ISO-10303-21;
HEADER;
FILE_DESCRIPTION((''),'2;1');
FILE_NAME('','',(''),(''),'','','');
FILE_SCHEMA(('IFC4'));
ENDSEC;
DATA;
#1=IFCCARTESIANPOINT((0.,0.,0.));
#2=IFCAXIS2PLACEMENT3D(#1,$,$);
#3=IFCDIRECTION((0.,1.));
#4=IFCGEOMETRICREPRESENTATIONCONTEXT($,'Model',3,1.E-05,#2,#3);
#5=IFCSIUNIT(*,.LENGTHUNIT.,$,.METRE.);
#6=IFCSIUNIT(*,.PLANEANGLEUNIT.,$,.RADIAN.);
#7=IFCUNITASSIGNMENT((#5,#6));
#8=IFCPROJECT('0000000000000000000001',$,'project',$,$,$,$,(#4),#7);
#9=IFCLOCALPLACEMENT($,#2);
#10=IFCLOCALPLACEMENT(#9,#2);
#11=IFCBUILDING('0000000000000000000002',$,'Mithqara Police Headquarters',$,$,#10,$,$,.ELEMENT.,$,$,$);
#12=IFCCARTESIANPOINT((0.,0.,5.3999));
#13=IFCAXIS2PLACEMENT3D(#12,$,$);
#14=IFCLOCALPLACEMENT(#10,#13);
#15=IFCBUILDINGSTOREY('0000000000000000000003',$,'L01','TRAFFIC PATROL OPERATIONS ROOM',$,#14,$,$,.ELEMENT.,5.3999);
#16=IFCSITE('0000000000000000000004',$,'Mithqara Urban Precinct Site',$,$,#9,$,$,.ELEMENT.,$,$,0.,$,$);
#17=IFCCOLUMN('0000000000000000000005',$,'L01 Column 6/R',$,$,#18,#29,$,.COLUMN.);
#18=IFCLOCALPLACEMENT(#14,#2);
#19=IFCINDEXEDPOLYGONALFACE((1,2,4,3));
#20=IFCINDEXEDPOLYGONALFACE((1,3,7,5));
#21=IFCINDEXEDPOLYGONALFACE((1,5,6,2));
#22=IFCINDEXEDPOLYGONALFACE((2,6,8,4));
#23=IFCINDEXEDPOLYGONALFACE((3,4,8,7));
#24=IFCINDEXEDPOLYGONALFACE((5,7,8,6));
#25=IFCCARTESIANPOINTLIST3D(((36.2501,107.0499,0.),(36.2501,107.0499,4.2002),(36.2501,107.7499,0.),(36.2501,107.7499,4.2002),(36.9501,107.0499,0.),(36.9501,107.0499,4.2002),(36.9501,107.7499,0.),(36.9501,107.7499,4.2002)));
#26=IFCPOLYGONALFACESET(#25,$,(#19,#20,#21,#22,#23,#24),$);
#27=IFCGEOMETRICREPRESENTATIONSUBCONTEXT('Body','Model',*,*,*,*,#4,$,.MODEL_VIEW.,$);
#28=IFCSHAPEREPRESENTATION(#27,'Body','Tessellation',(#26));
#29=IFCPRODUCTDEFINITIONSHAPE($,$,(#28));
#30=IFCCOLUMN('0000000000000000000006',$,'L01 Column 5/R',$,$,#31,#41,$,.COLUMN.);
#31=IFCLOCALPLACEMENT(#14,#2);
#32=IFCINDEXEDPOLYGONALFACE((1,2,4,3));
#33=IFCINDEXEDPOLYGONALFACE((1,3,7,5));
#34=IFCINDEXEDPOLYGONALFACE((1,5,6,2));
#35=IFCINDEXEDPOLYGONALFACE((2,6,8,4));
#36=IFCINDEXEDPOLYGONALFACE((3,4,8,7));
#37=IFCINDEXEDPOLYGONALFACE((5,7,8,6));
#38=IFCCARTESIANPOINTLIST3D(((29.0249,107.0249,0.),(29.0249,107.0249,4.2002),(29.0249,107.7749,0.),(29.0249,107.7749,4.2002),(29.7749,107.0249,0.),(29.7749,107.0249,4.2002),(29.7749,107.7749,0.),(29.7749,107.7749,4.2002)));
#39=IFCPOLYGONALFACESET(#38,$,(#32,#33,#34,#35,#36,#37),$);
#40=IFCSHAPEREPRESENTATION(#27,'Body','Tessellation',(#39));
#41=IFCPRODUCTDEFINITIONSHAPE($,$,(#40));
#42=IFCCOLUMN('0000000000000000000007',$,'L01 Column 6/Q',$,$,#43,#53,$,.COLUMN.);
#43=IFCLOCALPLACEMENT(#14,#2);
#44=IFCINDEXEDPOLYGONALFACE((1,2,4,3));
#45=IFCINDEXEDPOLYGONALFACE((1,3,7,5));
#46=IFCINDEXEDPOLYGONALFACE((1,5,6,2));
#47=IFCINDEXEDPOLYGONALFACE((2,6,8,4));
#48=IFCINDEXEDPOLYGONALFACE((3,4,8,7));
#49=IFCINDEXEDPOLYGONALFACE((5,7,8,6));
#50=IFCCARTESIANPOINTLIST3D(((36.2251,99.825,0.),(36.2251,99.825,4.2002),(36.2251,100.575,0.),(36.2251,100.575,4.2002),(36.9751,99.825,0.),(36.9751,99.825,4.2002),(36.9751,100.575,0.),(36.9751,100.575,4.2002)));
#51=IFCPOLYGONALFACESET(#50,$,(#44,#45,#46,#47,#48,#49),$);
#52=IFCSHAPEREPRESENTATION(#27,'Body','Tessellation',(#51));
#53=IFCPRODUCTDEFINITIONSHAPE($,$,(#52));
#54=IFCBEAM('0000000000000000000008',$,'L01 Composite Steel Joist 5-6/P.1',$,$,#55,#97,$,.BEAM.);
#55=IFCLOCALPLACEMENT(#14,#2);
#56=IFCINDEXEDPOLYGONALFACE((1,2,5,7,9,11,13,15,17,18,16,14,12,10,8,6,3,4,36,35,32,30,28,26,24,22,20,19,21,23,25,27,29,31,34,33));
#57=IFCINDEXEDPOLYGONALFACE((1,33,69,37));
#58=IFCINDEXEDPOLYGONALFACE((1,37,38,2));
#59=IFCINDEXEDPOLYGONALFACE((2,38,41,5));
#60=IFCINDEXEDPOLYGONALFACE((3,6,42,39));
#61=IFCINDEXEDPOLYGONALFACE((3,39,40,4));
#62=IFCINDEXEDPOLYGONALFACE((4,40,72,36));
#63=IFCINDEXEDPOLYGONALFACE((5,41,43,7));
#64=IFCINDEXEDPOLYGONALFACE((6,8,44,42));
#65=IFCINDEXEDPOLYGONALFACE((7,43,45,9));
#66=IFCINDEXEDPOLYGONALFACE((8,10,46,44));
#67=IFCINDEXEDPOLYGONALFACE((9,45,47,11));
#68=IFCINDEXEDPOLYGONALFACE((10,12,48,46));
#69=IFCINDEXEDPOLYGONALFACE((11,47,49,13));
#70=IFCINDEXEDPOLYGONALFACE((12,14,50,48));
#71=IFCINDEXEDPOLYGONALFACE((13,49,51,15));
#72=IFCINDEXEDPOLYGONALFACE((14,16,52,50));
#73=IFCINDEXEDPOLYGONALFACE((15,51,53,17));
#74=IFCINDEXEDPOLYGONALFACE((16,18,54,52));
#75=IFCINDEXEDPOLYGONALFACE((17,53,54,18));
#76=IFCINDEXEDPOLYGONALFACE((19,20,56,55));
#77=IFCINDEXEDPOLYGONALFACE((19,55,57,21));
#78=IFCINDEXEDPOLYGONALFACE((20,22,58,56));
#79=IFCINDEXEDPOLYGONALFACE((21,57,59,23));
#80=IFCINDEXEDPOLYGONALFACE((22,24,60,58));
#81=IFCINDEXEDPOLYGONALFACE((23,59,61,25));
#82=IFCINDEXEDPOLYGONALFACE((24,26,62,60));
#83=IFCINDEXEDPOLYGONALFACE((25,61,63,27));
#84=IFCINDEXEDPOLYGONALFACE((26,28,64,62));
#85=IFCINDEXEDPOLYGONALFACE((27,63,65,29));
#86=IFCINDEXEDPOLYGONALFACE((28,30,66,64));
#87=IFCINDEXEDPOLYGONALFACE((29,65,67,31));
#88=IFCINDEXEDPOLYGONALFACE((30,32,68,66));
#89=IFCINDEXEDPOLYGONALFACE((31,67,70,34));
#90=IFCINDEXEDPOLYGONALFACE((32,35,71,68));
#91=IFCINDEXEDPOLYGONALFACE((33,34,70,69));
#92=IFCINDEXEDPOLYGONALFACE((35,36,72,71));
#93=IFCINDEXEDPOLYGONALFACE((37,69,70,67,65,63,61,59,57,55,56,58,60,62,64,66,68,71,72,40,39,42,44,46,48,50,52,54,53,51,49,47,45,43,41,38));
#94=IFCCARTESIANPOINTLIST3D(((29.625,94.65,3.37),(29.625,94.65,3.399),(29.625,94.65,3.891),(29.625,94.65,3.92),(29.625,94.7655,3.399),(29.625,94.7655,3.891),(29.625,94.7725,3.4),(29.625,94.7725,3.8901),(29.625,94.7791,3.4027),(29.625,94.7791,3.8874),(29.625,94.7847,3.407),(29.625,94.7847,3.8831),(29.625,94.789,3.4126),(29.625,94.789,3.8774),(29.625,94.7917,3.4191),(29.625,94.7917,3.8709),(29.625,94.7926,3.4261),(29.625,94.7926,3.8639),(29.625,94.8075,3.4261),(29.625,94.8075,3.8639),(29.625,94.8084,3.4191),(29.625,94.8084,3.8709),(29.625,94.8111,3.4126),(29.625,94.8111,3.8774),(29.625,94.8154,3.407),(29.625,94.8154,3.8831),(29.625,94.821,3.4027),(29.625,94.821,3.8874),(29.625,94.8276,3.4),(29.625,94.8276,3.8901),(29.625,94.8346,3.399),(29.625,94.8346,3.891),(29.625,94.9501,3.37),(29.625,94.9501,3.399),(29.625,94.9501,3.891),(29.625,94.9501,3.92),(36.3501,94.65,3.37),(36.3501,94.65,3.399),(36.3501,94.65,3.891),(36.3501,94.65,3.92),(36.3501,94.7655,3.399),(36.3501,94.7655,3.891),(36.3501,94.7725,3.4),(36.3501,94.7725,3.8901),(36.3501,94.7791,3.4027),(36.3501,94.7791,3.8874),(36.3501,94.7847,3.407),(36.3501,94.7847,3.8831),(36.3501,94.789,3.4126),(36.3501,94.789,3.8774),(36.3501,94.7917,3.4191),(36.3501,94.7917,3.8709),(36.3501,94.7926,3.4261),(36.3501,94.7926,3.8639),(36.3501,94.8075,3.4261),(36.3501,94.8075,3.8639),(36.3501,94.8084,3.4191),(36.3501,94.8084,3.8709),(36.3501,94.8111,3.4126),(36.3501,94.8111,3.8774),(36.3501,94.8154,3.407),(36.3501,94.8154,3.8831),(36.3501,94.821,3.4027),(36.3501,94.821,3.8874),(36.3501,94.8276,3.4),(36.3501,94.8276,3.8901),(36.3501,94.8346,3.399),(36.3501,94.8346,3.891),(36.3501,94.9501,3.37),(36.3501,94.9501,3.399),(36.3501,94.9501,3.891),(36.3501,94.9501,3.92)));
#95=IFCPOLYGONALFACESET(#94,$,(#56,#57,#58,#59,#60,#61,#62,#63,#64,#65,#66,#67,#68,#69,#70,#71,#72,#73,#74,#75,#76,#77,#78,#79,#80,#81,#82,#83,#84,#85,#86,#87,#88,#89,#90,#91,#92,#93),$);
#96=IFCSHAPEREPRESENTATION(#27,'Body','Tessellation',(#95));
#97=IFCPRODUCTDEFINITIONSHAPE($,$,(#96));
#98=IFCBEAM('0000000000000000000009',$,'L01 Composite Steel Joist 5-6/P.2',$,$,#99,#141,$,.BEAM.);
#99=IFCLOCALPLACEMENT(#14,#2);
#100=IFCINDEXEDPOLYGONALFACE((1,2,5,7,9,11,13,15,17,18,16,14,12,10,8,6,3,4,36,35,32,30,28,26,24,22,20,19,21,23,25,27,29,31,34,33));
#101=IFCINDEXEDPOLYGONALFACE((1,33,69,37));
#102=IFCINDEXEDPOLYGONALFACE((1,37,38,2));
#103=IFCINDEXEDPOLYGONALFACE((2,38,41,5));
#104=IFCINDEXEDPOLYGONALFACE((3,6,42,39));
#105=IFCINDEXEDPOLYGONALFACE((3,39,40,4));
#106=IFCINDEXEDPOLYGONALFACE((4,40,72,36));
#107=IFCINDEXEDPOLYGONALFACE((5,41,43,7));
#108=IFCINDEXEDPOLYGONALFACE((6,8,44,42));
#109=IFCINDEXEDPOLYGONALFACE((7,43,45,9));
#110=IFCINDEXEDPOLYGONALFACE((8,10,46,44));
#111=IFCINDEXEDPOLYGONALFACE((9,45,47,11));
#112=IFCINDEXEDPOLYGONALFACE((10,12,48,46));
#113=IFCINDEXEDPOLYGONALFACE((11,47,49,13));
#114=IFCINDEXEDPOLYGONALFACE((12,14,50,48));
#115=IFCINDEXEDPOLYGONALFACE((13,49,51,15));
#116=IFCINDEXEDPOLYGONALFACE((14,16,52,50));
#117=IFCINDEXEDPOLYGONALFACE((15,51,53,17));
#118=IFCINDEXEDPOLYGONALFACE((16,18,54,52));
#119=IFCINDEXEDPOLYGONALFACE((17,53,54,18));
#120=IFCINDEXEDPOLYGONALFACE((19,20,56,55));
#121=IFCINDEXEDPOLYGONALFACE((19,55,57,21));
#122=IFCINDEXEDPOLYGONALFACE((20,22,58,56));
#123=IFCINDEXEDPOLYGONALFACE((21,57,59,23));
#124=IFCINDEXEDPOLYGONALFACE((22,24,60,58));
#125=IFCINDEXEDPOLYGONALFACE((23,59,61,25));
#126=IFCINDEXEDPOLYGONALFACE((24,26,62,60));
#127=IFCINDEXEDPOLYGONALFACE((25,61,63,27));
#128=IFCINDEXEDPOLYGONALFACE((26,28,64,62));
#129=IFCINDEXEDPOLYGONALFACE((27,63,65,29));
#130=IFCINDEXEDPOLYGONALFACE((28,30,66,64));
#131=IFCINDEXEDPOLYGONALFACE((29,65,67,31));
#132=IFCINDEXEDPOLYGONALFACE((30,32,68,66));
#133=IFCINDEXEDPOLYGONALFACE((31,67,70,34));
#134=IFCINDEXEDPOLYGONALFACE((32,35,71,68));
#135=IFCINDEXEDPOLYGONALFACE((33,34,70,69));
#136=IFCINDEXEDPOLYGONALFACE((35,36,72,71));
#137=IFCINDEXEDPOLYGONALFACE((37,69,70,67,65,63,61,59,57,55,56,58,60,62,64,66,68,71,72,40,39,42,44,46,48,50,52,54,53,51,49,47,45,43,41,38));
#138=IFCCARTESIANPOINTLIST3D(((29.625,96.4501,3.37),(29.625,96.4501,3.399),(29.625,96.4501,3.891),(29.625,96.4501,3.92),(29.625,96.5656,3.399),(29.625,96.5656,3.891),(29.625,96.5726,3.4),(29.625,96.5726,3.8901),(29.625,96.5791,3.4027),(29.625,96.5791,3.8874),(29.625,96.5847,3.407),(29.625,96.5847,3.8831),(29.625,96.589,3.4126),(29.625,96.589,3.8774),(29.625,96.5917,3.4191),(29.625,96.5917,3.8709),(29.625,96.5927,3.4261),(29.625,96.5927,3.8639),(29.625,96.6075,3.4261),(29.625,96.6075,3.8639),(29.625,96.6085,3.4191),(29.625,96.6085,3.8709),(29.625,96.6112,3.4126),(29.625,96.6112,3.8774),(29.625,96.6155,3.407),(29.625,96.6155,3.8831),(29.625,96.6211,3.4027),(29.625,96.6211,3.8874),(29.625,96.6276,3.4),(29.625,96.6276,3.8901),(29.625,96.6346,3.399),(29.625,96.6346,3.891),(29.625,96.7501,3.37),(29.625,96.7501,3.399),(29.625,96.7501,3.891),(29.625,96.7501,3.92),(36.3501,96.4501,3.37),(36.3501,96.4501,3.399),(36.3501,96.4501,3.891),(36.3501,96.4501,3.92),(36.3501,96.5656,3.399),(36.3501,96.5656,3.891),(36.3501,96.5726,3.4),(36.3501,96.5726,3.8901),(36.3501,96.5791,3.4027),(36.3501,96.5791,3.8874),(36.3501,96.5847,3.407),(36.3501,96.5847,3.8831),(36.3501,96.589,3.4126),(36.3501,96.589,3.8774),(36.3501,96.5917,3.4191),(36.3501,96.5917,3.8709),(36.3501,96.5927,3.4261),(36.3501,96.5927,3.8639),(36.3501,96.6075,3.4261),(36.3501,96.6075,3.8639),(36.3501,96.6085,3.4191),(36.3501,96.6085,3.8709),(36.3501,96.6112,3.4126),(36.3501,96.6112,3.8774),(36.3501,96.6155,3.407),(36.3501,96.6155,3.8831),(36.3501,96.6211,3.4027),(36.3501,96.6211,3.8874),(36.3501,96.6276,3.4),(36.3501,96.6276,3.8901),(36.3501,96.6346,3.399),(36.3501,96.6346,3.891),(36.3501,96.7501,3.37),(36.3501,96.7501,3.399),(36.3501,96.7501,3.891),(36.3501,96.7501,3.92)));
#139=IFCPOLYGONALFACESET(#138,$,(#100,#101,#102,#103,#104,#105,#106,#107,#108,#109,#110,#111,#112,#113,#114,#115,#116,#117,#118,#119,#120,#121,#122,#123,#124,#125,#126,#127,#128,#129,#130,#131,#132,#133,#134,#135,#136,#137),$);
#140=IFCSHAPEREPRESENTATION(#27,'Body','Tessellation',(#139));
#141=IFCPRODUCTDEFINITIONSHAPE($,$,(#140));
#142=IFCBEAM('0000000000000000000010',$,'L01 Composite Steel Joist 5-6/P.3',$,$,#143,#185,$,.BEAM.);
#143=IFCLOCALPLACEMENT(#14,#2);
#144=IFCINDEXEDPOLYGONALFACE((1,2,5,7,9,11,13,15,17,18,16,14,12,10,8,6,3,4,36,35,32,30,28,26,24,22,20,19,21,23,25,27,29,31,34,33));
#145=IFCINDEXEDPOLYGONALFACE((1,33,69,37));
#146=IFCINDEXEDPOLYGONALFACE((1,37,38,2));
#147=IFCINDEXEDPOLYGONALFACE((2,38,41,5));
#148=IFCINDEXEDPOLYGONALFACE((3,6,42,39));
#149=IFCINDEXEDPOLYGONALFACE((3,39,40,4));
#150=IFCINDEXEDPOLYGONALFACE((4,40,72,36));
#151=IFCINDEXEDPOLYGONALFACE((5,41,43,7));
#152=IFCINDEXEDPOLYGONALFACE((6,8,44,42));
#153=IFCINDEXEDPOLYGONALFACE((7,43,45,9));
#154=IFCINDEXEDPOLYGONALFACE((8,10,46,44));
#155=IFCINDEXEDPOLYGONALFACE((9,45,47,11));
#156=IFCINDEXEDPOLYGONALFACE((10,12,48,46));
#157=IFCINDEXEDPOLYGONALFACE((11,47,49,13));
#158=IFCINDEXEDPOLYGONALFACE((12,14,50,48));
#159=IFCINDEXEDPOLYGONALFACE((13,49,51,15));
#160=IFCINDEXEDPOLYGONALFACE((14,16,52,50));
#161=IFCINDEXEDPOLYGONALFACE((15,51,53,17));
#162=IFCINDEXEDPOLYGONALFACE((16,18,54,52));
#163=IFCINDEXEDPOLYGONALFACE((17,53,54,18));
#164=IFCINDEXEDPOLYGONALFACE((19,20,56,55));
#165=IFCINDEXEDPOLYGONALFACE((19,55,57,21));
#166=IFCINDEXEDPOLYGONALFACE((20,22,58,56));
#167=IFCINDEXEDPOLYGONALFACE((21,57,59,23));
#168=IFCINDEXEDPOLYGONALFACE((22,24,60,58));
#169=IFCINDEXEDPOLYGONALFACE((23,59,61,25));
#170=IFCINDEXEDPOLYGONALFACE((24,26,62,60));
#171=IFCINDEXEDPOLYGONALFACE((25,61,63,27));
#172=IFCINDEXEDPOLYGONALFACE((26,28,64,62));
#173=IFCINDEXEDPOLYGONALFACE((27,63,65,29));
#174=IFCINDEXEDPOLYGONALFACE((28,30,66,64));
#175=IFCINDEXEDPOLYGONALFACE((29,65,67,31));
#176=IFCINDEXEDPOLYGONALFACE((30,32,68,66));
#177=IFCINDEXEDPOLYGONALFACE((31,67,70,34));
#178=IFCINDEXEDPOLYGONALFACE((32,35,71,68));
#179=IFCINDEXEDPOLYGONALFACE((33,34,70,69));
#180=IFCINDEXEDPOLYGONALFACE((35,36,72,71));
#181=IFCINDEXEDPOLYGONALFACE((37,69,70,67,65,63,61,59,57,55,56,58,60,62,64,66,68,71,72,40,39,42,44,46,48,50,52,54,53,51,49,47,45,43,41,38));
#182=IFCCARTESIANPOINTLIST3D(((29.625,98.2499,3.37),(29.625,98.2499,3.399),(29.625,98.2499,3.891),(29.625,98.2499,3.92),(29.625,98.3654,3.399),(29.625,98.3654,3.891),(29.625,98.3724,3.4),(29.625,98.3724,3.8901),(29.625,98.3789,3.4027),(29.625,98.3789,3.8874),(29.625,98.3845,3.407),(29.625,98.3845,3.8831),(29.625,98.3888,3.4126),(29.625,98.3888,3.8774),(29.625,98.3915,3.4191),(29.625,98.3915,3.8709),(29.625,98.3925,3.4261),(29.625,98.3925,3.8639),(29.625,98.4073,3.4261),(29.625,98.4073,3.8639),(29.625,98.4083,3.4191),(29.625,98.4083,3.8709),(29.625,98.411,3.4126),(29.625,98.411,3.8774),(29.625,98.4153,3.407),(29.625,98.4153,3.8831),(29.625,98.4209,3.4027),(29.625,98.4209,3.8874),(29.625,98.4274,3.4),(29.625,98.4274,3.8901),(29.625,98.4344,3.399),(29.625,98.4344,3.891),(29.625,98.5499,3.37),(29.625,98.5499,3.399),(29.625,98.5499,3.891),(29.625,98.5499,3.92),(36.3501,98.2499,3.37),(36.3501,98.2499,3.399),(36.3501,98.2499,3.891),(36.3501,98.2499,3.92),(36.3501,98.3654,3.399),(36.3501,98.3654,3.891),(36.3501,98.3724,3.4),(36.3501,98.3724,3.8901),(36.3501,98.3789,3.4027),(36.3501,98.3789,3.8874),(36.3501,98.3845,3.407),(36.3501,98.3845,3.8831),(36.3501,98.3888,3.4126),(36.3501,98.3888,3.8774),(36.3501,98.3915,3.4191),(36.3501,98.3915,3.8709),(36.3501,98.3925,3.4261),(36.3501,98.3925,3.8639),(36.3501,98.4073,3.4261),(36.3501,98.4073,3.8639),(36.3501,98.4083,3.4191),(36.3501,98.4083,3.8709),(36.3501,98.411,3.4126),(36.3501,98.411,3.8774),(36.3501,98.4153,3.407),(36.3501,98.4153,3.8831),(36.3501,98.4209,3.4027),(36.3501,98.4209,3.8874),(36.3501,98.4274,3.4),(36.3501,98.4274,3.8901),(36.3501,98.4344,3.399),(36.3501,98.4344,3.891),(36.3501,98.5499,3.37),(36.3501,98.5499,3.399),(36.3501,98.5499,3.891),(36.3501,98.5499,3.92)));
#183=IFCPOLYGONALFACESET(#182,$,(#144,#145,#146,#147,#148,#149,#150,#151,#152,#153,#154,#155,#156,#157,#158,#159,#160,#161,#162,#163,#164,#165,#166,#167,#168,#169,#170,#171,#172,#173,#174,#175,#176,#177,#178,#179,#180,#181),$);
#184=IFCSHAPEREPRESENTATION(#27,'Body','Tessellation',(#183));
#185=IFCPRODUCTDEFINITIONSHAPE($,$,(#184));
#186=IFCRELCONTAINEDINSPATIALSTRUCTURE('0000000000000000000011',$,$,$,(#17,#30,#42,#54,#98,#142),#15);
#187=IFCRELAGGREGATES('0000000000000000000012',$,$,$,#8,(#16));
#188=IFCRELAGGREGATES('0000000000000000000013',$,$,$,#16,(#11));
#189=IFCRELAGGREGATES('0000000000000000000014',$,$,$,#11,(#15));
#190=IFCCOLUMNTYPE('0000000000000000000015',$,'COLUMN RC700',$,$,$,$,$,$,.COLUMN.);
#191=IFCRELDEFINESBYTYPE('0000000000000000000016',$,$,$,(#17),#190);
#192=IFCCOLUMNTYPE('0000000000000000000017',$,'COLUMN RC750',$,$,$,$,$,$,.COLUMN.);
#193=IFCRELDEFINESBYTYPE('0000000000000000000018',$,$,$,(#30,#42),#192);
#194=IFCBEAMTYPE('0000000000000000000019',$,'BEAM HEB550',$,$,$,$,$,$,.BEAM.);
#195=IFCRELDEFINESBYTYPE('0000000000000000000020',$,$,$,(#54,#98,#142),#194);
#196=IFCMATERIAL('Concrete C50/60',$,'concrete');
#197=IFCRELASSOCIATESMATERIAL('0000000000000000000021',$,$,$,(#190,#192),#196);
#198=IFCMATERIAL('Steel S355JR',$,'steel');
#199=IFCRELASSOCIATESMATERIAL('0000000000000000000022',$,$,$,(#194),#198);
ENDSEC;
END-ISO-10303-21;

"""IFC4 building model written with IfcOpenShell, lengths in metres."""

from ifc_helpers import new_model, si_unit, direction, frame, origin, origin_2d, place, context, subcontext, project, spatial, rectangle, i_section, extrude, material, material_profile, profile_set, type_object, element, save


model = new_model("IFC4")

# Units and contexts
model_context = context("Model", 3, precision=1e-05, world=origin(), true_north=direction((0.0, 1.0)))
body_context = subcontext(model_context, "Body", "Model", "MODEL_VIEW")
ifc_project = project(units=[si_unit("LENGTHUNIT", "METRE"), si_unit("PLANEANGLEUNIT", "RADIAN")], contexts=[model_context])

# Site, building, storey
site_placement = place(None, origin())
site = spatial("IfcSite", under=ifc_project, at=site_placement, Name="Mithqara Urban Precinct Site", CompositionType="ELEMENT", RefElevation=0.0)
building_placement = place(site_placement, origin())
building = spatial("IfcBuilding", under=site, at=building_placement, Name="Mithqara Police Headquarters", CompositionType="ELEMENT")
storey_placement = place(building_placement, frame((0.0, 0.0, 5.3999)))
storey = spatial("IfcBuildingStorey", under=building, at=storey_placement, Name="L01", Description="TRAFFIC PATROL OPERATIONS ROOM", CompositionType="ELEMENT", Elevation=5.3999)

# Columns
ifc_material_1 = material(Name="Concrete C50/60", Category="concrete")
ifc_material_profile_1 = material_profile(ifc_material_1, rectangle(XDim=0.7, YDim=0.7, at=origin_2d()), Name="RC 700x700")
ifc_profile_set_1 = profile_set([ifc_material_profile_1], Name="Concrete C50/60")
column_type_1 = type_object("IfcColumnType", Name="COLUMN RC700", PredefinedType="COLUMN", material=ifc_profile_set_1)
column_placement = place(storey_placement, frame((36.6001, 107.3999, 0.0), z_axis=(0.0, 0.0, 1.0), x_axis=(1.0, 0.0, 0.0)))
element("IfcColumn", 1, at=column_placement, inside=storey, type_object=column_type_1, Name="L01 Column 6/R", PredefinedType="COLUMN", context=body_context, shape_type="SweptSolid", body=[
    extrude(rectangle(XDim=0.7, YDim=0.7, at=origin_2d()), origin(), (0.0, 0.0, 1.0), 4.2002),
])
ifc_material_profile_2 = material_profile(ifc_material_1, rectangle(XDim=0.75, YDim=0.75, at=origin_2d()), Name="RC 750x750")
ifc_profile_set_2 = profile_set([ifc_material_profile_2], Name="Concrete C50/60")
column_type_2 = type_object("IfcColumnType", Name="COLUMN RC750", PredefinedType="COLUMN", material=ifc_profile_set_2)
for number, where, z_axis, x_axis, name in (
    (2, (29.3999, 107.3999, 0.0), (0.0, 0.0, 1.0), (1.0, 0.0, 0.0), "L01 Column 5/R"),
    (3, (36.6001, 100.2, 0.0), (0.0, 0.0, 1.0), (1.0, 0.0, 0.0), "L01 Column 6/Q"),
):
    element("IfcColumn", number, at=place(storey_placement, frame(where, z_axis=z_axis, x_axis=x_axis)), inside=storey, type_object=column_type_2, Name=name, PredefinedType="COLUMN", context=body_context, shape_type="SweptSolid", body=[
        extrude(rectangle(XDim=0.75, YDim=0.75, at=origin_2d()), origin(), (0.0, 0.0, 1.0), 4.2002),
    ])

# Beams
ifc_material_2 = material(Name="Steel S355JR", Category="steel")
ifc_material_profile_3 = material_profile(ifc_material_2, i_section(OverallWidth=0.3, OverallDepth=0.55, WebThickness=0.0149, FlangeThickness=0.0291, FilletRadius=0.0271, at=origin_2d()), Name="HEB 550")
ifc_profile_set_3 = profile_set([ifc_material_profile_3], Name="Steel S355JR")
beam_type_1 = type_object("IfcBeamType", Name="BEAM HEB550", PredefinedType="BEAM", material=ifc_profile_set_3)
for number, where, z_axis, x_axis, name in (
    (4, (29.625, 94.8, 3.645), (1.0, 0.0, 0.0), (0.0, 1.0, 0.0), "L01 Composite Steel Joist 5-6/P.1"),
    (5, (29.625, 96.6001, 3.645), (1.0, 0.0, 0.0), (0.0, 1.0, 0.0), "L01 Composite Steel Joist 5-6/P.2"),
    (6, (29.625, 98.3999, 3.645), (1.0, 0.0, 0.0), (0.0, 1.0, 0.0), "L01 Composite Steel Joist 5-6/P.3"),
):
    element("IfcBeam", number, at=place(storey_placement, frame(where, z_axis=z_axis, x_axis=x_axis)), inside=storey, type_object=beam_type_1, Name=name, PredefinedType="BEAM", context=body_context, shape_type="SweptSolid", body=[
        extrude(i_section(OverallWidth=0.3, OverallDepth=0.55, WebThickness=0.0149, FlangeThickness=0.0291, FilletRadius=0.0271, at=origin_2d()), origin(), (0.0, 0.0, 1.0), 6.7251),
    ])

save(model, "model.ifc")
